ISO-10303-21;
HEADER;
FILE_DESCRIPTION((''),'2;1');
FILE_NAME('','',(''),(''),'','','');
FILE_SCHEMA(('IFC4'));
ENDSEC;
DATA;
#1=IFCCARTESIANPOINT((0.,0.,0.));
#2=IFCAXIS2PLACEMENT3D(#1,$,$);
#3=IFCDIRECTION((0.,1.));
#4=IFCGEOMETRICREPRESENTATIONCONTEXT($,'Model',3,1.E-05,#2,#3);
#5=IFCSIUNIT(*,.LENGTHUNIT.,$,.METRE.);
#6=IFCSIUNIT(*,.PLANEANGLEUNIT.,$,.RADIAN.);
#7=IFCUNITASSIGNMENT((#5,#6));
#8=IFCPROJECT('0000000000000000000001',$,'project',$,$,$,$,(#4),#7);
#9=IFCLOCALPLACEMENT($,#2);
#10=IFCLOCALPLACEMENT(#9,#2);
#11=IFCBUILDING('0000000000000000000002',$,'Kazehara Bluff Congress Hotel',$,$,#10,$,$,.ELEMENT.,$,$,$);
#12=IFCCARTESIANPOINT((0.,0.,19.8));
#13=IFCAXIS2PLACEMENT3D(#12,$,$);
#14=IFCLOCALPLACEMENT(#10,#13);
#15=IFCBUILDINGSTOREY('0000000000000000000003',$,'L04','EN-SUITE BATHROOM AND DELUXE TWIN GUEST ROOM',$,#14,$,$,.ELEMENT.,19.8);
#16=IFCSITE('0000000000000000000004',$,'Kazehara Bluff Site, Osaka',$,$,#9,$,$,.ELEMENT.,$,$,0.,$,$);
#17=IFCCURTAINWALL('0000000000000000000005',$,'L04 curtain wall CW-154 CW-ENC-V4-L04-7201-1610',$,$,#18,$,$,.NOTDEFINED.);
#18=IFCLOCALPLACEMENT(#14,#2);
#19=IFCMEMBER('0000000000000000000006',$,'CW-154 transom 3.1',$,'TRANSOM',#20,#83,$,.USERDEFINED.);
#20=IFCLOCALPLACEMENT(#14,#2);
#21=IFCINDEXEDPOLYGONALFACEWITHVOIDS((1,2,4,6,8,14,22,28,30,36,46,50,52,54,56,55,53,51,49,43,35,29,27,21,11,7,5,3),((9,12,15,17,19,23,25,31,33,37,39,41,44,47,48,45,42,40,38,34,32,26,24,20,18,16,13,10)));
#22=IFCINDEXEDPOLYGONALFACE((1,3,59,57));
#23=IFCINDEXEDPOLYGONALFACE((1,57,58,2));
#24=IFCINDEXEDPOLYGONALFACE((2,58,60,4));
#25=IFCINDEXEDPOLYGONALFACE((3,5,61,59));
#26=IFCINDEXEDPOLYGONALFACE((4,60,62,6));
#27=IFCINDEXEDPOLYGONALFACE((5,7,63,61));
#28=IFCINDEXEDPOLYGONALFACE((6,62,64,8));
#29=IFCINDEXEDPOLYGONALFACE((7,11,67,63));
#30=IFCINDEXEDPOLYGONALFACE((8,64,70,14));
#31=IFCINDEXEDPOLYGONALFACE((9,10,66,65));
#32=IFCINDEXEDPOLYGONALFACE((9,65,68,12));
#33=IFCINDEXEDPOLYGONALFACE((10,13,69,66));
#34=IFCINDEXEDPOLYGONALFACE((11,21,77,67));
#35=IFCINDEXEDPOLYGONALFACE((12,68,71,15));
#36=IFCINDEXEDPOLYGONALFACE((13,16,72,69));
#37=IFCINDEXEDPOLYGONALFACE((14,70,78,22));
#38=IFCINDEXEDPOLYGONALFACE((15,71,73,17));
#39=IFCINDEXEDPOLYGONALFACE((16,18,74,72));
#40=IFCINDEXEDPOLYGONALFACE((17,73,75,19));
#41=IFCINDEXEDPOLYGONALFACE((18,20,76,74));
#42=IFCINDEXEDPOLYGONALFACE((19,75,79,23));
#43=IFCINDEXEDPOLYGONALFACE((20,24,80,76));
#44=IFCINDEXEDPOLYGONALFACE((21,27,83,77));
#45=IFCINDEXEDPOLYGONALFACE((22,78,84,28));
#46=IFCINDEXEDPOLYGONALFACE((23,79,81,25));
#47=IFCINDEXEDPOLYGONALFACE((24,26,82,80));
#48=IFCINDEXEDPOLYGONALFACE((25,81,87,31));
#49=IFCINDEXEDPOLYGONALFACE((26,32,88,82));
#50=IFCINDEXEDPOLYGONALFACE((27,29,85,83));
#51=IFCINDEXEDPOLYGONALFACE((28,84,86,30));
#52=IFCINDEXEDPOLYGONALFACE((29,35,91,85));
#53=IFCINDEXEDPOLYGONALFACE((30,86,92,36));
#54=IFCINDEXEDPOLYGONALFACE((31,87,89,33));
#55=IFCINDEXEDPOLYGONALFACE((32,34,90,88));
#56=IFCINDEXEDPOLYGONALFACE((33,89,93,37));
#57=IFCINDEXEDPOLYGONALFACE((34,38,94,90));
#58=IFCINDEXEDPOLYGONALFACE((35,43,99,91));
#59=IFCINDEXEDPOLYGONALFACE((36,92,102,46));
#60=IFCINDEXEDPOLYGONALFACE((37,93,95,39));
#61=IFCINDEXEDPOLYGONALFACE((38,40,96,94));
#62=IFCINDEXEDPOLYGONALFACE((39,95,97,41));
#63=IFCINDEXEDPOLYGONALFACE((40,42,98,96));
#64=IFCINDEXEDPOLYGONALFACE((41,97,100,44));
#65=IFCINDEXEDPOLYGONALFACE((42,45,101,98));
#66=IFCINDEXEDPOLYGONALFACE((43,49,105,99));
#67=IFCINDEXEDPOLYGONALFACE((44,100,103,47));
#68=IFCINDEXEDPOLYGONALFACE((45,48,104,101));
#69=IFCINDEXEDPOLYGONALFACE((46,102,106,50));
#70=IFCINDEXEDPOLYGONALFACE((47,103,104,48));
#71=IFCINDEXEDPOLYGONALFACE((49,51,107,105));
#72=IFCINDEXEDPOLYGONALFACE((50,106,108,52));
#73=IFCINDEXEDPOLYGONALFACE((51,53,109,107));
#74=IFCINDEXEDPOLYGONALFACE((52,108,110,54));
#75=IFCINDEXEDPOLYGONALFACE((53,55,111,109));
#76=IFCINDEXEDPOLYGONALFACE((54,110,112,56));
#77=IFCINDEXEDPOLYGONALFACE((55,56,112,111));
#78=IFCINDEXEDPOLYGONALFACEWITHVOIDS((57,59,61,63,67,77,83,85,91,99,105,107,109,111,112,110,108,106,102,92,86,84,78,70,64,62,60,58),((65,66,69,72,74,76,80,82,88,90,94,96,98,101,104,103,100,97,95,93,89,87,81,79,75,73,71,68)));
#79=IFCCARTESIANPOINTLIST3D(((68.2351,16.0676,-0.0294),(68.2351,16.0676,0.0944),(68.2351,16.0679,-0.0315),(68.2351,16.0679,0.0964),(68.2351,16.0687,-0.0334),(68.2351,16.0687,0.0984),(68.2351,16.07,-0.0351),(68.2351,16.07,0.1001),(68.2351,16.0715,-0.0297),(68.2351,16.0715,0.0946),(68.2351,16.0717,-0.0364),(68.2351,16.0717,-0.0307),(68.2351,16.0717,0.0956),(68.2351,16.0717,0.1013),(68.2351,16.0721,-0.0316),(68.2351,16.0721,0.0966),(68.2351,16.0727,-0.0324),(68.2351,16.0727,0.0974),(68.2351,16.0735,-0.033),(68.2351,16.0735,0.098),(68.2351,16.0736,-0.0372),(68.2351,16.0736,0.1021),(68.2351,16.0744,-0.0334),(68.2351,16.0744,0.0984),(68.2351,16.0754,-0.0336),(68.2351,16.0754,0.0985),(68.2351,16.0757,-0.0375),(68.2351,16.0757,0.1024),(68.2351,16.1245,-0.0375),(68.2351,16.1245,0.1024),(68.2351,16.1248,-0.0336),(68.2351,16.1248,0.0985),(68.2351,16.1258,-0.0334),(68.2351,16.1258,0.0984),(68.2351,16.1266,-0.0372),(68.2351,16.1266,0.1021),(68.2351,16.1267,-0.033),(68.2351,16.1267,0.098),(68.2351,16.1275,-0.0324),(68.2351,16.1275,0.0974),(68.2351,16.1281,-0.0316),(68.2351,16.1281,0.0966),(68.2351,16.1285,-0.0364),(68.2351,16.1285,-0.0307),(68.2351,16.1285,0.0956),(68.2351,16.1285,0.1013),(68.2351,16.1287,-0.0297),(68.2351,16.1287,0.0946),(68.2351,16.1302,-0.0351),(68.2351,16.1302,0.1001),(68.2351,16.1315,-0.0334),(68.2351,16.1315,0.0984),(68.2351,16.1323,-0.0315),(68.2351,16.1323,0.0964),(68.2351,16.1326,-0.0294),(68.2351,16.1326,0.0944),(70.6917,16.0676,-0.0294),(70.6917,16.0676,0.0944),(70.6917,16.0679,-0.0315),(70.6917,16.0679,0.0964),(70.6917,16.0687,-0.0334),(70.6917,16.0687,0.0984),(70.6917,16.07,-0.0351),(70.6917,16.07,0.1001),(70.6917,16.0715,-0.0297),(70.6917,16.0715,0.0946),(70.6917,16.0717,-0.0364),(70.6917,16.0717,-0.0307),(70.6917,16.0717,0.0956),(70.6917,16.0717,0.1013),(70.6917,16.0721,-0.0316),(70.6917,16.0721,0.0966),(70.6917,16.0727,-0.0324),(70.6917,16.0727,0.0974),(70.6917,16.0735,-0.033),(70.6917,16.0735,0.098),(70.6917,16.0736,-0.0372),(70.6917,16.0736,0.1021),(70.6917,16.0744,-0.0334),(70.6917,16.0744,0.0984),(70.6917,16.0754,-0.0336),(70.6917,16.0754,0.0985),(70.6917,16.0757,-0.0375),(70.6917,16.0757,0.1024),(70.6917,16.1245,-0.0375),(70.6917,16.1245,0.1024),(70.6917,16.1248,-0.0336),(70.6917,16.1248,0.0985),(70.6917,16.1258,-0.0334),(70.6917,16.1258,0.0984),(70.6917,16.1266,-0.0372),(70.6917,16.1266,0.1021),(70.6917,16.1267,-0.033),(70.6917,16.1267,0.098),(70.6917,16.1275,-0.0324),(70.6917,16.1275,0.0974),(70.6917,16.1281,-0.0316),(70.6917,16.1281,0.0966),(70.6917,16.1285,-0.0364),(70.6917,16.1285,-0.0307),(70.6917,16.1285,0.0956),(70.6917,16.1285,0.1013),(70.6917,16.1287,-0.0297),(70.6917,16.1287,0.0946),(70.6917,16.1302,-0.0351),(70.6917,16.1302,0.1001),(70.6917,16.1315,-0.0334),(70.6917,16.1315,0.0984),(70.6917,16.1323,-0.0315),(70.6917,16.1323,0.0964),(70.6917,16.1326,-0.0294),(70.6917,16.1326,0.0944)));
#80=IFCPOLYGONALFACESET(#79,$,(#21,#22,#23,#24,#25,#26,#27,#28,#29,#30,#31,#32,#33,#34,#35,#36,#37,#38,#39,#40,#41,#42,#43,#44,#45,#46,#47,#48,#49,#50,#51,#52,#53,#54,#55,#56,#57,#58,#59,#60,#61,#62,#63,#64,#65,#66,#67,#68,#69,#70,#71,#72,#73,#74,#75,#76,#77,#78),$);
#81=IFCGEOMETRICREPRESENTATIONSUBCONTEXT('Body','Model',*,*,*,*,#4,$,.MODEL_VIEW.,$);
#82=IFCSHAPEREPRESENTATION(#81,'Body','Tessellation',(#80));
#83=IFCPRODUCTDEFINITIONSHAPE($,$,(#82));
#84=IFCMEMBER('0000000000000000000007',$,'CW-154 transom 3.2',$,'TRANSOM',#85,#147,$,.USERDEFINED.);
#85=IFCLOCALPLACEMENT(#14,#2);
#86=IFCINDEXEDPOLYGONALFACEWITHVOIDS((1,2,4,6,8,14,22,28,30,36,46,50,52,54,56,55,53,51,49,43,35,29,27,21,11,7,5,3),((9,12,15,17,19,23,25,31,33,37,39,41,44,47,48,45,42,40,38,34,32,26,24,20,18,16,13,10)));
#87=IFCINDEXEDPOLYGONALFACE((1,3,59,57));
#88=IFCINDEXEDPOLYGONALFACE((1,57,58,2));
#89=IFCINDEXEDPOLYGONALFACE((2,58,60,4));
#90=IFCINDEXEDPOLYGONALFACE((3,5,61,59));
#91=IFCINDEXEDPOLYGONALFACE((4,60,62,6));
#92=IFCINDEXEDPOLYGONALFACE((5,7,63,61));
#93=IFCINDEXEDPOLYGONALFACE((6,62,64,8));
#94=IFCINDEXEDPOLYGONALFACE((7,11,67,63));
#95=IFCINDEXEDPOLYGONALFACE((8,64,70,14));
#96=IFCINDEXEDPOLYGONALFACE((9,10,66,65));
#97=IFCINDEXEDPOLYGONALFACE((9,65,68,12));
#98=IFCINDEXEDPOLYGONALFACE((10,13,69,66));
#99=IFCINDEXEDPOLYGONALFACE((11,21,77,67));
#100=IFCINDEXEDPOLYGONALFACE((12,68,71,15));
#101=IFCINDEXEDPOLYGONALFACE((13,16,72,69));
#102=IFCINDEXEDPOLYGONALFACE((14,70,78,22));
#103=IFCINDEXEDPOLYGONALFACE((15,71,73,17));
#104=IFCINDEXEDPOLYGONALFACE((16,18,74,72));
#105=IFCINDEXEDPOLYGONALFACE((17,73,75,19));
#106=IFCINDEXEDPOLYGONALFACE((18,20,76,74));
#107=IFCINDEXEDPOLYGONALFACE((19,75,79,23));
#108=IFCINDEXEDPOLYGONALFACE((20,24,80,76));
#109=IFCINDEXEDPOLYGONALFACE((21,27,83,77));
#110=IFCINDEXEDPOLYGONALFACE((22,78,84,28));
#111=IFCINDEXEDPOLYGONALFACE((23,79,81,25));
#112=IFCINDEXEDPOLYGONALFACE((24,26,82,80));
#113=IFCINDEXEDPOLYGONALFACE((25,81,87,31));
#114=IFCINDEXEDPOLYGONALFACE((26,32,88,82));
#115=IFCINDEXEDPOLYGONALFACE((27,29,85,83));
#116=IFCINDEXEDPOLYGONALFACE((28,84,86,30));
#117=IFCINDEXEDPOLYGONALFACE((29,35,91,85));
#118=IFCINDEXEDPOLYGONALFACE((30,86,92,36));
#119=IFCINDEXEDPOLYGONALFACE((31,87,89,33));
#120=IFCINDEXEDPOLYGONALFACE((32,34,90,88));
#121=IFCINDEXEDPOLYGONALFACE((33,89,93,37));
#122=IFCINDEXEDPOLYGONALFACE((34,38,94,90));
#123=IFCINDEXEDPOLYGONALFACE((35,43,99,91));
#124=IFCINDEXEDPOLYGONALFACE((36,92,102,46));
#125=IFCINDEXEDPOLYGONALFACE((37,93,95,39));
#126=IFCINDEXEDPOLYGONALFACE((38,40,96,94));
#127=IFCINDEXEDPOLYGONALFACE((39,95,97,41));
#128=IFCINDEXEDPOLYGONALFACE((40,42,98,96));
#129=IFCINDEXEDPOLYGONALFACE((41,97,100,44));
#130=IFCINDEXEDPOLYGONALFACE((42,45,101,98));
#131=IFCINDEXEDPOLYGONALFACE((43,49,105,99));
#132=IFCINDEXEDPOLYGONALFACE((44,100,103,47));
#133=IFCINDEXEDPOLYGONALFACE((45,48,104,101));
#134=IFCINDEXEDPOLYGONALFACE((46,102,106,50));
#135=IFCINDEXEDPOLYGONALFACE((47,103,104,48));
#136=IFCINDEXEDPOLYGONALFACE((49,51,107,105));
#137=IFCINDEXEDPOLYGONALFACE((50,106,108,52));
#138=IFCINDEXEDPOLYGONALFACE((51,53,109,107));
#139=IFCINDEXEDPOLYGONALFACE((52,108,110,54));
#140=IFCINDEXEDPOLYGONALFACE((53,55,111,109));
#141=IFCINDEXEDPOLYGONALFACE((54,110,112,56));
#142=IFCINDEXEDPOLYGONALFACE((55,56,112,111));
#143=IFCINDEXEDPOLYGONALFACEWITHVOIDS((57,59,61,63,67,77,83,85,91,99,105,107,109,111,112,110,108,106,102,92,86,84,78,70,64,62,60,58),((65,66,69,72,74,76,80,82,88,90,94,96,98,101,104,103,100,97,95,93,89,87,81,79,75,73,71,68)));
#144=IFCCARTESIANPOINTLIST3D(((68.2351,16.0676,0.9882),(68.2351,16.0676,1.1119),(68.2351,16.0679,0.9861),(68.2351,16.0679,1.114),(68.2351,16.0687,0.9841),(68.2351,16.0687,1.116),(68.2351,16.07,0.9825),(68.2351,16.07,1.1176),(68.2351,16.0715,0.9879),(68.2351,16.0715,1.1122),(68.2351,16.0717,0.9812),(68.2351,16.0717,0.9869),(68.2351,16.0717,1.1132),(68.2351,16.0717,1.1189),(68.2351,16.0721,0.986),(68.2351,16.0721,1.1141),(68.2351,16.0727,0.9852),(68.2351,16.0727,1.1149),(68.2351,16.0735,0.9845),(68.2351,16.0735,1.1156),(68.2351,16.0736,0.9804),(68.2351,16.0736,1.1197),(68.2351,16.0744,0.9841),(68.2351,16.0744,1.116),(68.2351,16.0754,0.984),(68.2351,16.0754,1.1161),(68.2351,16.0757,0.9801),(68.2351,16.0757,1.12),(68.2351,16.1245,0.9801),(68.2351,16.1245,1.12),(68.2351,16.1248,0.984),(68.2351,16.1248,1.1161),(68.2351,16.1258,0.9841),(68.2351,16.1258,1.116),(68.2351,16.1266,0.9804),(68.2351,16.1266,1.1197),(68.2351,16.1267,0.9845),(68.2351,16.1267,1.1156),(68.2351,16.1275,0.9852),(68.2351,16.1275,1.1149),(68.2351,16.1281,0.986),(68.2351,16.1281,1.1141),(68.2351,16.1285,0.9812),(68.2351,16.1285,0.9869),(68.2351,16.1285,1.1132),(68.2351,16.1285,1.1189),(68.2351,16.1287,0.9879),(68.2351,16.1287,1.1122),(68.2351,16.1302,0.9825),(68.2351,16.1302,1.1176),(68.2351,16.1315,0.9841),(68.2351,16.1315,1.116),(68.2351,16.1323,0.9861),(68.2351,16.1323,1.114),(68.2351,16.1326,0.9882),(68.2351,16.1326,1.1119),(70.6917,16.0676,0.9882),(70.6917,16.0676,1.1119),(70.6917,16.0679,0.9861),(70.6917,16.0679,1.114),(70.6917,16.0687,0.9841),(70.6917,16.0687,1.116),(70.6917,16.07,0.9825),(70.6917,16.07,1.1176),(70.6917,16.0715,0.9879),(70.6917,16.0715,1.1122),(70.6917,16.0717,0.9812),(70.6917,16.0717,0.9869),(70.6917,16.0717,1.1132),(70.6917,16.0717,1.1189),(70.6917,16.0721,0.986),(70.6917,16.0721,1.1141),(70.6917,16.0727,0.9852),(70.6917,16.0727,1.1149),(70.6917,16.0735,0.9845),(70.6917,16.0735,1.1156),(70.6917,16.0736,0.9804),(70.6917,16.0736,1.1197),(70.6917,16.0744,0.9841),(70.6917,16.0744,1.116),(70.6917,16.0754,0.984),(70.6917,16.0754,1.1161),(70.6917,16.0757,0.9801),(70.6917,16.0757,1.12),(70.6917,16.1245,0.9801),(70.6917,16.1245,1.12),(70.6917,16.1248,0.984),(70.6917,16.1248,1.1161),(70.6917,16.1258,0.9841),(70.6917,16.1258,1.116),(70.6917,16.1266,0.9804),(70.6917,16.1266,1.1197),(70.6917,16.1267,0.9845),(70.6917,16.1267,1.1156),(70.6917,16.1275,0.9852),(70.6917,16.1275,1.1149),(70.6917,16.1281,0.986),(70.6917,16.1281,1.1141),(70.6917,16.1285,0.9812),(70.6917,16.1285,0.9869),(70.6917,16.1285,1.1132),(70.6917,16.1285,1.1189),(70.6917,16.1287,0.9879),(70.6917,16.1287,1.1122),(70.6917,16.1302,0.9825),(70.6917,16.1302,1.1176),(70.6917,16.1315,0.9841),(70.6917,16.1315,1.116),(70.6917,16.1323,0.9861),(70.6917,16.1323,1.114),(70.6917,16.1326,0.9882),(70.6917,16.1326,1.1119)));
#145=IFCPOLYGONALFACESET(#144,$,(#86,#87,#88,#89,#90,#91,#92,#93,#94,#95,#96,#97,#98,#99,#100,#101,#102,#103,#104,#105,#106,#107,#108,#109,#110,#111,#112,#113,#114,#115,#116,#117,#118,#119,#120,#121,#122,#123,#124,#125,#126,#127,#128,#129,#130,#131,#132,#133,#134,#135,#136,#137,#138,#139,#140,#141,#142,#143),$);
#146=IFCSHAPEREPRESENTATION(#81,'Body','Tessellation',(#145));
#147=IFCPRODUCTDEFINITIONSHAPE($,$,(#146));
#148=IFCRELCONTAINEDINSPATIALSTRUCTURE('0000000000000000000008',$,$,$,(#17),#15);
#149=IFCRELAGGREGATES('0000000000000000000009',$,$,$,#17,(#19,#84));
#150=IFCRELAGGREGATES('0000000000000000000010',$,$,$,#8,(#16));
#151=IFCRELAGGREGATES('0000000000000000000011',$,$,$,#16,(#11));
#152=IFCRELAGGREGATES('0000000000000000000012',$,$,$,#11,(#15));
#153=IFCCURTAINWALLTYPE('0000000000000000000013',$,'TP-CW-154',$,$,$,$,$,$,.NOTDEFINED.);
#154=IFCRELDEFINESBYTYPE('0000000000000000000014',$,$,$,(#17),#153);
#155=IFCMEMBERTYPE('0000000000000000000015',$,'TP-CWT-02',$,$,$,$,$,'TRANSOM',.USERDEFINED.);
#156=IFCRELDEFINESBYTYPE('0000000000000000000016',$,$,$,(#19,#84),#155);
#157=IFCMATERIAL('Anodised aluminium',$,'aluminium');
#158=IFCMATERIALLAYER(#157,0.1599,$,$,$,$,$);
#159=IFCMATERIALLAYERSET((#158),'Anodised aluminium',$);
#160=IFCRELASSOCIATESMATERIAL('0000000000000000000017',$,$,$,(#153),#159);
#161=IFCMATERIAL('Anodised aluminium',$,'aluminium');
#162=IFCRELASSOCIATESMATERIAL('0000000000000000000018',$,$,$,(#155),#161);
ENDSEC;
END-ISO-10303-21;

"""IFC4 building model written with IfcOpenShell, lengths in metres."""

from ifc_helpers import new_model, si_unit, direction, frame, origin, origin_2d, place, context, subcontext, project, spatial, hollow_rectangle, extrude, material, layer, layer_set, material_profile, profile_set, type_object, element, aggregate, save


model = new_model("IFC4")

# Units and contexts
model_context = context("Model", 3, precision=1e-05, world=origin(), true_north=direction((0.0, 1.0)))
body_context = subcontext(model_context, "Body", "Model", "MODEL_VIEW")
ifc_project = project(units=[si_unit("LENGTHUNIT", "METRE"), si_unit("PLANEANGLEUNIT", "RADIAN")], contexts=[model_context])

# Site, building, storey
site_placement = place(None, origin())
site = spatial("IfcSite", under=ifc_project, at=site_placement, Name="Kazehara Bluff Site, Osaka", CompositionType="ELEMENT", RefElevation=0.0)
building_placement = place(site_placement, origin())
building = spatial("IfcBuilding", under=site, at=building_placement, Name="Kazehara Bluff Congress Hotel", CompositionType="ELEMENT")
storey_placement = place(building_placement, frame((0.0, 0.0, 19.8)))
storey = spatial("IfcBuildingStorey", under=building, at=storey_placement, Name="L04", Description="EN-SUITE BATHROOM AND DELUXE TWIN GUEST ROOM", CompositionType="ELEMENT", Elevation=19.8)

# Curtain wall, members
ifc_material_1 = material(Name="Anodised aluminium", Category="aluminium")
ifc_layer_1 = layer(ifc_material_1, 0.1599)
ifc_layer_set_1 = layer_set([ifc_layer_1], Name="Anodised aluminium")
curtain_wall_type = type_object("IfcCurtainWallType", Name="TP-CW-154", PredefinedType="NOTDEFINED", material=ifc_layer_set_1)
curtain_wall_placement = place(storey_placement, origin())
curtain_wall = element("IfcCurtainWall", 1, at=curtain_wall_placement, inside=storey, type_object=curtain_wall_type, Name="L04 curtain wall CW-154 CW-ENC-V4-L04-7201-1610", PredefinedType="NOTDEFINED")
ifc_material_2 = material(Name="Anodised aluminium", Category="aluminium")
ifc_material_profile_1 = material_profile(ifc_material_2, hollow_rectangle(XDim=0.0649, YDim=0.1399, WallThickness=0.0039, InnerFilletRadius=0.0039, OuterFilletRadius=0.0081, at=origin_2d()))
ifc_profile_set_1 = profile_set([ifc_material_profile_1], Name="Anodised aluminium")
member_type_1 = type_object("IfcMemberType", Name="TP-CWT-02", ElementType="TRANSOM", PredefinedType="USERDEFINED", material=ifc_profile_set_1)
member_1_placement = place(storey_placement, frame((70.6917, 16.1001, 0.0325), z_axis=(-1.0, 0.0, 0.0), x_axis=(0.0, -1.0, 0.0)))
member_1 = element("IfcMember", 2, at=member_1_placement, type_object=member_type_1, Name="CW-154 transom 3.1", ObjectType="TRANSOM", PredefinedType="USERDEFINED", context=body_context, shape_type="SweptSolid", body=[
    extrude(hollow_rectangle(XDim=0.0649, YDim=0.1399, WallThickness=0.0039, InnerFilletRadius=0.0039, OuterFilletRadius=0.0081, at=origin_2d()), origin(), (0.0, 0.0, 1.0), 2.4565),
])
member_2_placement = place(storey_placement, frame((70.6917, 16.1001, 1.05), z_axis=(-1.0, 0.0, 0.0), x_axis=(0.0, -1.0, 0.0)))
member_2 = element("IfcMember", 3, at=member_2_placement, type_object=member_type_1, Name="CW-154 transom 3.2", ObjectType="TRANSOM", PredefinedType="USERDEFINED", context=body_context, shape_type="SweptSolid", body=[
    extrude(hollow_rectangle(XDim=0.0649, YDim=0.1399, WallThickness=0.0039, InnerFilletRadius=0.0039, OuterFilletRadius=0.0081, at=origin_2d()), origin(), (0.0, 0.0, 1.0), 2.4565),
])
aggregate(curtain_wall, [member_1, member_2])

save(model, "model.ifc")
